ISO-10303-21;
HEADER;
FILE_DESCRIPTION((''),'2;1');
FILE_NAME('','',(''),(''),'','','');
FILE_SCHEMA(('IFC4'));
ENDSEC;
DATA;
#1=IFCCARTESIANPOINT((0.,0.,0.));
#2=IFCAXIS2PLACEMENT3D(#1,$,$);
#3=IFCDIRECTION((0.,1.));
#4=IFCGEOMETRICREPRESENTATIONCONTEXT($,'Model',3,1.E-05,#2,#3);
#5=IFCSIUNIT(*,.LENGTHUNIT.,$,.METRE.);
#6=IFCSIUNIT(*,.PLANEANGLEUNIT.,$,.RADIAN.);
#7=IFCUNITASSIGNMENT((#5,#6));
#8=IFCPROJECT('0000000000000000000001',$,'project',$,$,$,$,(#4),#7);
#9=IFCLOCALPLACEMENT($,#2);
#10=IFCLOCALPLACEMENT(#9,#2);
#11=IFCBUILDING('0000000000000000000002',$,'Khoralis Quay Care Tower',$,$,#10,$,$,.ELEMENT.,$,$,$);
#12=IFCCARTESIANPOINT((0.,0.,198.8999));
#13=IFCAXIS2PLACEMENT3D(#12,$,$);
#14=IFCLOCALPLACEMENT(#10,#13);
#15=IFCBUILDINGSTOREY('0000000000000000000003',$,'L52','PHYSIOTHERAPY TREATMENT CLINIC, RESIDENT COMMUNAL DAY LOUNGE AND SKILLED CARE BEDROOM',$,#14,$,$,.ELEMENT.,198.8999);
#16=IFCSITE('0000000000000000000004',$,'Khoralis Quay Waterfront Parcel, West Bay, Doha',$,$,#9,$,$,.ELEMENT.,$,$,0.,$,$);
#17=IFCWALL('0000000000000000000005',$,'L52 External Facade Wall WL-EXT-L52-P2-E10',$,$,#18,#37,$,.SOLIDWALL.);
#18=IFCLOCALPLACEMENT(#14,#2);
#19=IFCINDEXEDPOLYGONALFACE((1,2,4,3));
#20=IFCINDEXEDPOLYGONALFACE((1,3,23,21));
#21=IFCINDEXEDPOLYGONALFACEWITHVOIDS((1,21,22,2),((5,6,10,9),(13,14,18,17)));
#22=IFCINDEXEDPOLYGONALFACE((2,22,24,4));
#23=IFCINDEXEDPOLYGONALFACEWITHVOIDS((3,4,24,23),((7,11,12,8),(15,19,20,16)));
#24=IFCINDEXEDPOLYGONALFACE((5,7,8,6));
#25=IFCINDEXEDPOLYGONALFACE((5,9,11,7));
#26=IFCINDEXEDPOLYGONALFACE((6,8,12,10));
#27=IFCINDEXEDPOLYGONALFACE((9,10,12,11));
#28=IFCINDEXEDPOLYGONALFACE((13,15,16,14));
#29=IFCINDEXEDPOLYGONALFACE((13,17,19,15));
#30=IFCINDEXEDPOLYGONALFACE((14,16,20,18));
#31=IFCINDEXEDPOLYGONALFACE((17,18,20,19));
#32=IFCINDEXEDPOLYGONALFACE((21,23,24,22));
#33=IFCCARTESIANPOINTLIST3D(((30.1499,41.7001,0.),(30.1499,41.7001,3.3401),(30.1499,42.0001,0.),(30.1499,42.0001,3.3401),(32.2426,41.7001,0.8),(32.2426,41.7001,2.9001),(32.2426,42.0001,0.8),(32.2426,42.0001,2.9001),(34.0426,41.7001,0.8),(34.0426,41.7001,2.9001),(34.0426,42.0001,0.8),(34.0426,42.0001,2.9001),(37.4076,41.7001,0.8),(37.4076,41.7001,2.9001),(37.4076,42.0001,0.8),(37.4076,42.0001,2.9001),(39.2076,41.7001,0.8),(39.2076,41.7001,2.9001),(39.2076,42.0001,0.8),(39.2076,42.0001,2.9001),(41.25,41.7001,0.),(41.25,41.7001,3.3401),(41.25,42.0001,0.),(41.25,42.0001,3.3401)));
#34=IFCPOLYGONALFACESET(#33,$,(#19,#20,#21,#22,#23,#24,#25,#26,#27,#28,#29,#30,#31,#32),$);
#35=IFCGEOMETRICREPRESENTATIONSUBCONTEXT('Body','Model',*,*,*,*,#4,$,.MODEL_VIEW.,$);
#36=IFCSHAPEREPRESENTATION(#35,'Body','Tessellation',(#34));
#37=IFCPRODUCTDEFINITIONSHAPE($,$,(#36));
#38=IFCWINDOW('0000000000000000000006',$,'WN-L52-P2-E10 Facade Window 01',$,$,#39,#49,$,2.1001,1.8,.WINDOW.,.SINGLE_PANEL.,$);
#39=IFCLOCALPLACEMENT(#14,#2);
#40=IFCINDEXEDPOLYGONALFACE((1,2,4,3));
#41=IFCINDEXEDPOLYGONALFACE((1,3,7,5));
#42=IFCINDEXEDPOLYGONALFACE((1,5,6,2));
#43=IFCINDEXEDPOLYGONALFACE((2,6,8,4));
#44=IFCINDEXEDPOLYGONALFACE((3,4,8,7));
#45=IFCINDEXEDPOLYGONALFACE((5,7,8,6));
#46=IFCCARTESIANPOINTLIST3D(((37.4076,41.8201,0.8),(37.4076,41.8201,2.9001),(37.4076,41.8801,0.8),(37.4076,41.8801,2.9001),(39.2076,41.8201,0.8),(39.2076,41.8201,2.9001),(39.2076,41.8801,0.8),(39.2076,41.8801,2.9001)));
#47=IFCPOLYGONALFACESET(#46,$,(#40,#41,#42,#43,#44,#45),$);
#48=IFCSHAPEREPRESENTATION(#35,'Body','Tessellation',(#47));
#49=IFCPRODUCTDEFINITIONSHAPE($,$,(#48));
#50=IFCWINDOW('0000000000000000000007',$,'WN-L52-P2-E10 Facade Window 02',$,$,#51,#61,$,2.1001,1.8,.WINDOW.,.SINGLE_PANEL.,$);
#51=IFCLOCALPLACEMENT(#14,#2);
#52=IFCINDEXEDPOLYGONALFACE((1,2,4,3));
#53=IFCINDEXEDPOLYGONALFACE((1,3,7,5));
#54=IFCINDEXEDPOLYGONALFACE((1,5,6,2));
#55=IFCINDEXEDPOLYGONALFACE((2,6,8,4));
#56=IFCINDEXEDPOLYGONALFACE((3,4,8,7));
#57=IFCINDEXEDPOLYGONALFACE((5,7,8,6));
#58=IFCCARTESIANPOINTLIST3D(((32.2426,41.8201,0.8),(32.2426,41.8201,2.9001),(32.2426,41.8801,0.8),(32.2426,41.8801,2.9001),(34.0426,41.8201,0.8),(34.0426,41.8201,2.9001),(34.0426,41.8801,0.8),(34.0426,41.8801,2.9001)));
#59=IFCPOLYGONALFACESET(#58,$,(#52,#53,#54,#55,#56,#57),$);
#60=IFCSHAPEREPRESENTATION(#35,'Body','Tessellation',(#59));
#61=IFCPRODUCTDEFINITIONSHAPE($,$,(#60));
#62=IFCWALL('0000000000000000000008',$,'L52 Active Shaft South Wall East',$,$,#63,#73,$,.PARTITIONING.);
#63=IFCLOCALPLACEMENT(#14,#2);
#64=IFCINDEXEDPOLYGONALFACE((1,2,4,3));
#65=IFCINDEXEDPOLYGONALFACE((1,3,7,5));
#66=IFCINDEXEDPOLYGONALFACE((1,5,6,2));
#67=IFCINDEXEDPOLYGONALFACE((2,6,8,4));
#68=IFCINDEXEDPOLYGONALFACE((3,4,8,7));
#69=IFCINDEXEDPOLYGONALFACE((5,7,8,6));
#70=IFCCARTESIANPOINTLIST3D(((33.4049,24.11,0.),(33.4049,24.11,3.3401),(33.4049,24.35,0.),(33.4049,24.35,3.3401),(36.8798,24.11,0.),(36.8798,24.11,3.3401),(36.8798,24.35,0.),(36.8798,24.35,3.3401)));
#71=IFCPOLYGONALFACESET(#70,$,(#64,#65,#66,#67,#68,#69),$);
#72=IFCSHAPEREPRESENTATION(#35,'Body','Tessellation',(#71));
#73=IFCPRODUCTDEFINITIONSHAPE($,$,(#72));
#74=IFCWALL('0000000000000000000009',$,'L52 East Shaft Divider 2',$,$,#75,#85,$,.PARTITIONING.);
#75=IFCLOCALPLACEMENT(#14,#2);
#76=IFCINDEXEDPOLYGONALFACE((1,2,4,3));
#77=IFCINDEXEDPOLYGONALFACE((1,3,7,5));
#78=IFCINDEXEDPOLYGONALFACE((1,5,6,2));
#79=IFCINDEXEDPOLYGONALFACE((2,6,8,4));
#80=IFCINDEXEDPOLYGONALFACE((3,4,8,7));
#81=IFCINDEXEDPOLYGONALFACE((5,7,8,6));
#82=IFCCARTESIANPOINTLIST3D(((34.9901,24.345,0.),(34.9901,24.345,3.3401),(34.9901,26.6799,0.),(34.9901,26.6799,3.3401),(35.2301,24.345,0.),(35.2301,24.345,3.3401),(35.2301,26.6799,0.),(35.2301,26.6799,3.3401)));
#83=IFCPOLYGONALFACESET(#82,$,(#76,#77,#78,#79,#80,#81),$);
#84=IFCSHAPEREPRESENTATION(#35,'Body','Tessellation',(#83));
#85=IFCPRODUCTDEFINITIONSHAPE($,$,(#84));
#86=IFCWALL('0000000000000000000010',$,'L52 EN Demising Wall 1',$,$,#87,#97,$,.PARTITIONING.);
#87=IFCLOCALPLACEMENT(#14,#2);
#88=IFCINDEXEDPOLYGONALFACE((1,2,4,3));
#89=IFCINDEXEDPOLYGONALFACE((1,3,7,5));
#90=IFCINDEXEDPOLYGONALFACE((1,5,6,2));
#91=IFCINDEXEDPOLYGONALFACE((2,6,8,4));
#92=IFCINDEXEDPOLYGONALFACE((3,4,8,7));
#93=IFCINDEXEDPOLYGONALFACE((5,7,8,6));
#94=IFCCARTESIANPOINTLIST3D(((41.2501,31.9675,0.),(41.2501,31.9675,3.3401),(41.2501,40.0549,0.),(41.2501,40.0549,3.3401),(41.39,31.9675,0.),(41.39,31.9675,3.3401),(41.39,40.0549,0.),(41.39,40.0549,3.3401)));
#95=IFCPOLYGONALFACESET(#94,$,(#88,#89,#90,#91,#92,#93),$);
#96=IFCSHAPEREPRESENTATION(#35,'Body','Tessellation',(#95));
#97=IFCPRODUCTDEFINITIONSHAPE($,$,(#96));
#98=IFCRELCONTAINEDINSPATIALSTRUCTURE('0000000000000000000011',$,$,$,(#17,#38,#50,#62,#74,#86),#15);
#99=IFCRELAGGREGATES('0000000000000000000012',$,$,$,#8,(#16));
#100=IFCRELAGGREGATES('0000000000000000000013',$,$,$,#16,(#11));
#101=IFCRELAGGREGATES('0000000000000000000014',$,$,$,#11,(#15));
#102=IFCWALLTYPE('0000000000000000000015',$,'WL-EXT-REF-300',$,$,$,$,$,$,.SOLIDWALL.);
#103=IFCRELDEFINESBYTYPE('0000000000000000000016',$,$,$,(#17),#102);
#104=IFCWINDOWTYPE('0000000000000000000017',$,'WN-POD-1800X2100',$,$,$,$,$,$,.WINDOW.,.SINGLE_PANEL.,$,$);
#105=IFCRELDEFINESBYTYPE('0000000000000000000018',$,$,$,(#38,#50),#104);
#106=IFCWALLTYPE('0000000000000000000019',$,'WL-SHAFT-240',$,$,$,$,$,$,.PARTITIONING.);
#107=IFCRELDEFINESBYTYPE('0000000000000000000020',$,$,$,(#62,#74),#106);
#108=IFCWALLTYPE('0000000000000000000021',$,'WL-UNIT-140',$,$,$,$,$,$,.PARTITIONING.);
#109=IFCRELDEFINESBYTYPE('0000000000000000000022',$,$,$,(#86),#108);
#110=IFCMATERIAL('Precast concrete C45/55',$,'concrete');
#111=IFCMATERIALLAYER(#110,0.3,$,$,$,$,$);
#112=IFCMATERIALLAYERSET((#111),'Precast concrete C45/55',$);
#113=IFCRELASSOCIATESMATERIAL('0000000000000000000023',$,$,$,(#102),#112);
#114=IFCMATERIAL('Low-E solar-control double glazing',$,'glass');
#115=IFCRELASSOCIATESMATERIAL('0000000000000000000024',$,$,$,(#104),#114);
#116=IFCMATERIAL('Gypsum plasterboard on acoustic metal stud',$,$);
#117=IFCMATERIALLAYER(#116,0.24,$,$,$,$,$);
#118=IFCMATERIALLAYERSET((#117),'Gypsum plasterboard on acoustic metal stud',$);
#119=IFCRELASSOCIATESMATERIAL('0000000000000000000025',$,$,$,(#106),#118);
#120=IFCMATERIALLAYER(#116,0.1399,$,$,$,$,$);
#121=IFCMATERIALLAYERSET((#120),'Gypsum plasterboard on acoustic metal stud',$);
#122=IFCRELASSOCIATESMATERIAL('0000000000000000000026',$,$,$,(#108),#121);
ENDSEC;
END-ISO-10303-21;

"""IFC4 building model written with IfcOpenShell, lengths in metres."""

from ifc_helpers import new_model, si_unit, direction, frame, frame_2d, origin, place, context, subcontext, project, spatial, rectangle, extrude, source, transform, mapped, material, layer, layer_set, type_object, element, fill, save


model = new_model("IFC4")

# Units and contexts
model_context = context("Model", 3, precision=1e-05, world=origin(), true_north=direction((0.0, 1.0)))
body_context = subcontext(model_context, "Body", "Model", "MODEL_VIEW")
ifc_project = project(units=[si_unit("LENGTHUNIT", "METRE"), si_unit("PLANEANGLEUNIT", "RADIAN")], contexts=[model_context])

# Site, building, storey
site_placement = place(None, origin())
site = spatial("IfcSite", under=ifc_project, at=site_placement, Name="Khoralis Quay Waterfront Parcel, West Bay, Doha", CompositionType="ELEMENT", RefElevation=0.0)
building_placement = place(site_placement, origin())
building = spatial("IfcBuilding", under=site, at=building_placement, Name="Khoralis Quay Care Tower", CompositionType="ELEMENT")
storey_placement = place(building_placement, frame((0.0, 0.0, 198.8999)))
storey = spatial("IfcBuildingStorey", under=building, at=storey_placement, Name="L52", Description="PHYSIOTHERAPY TREATMENT CLINIC, RESIDENT COMMUNAL DAY LOUNGE AND SKILLED CARE BEDROOM", CompositionType="ELEMENT", Elevation=198.8999)

# Shared definitions
ifc_material_1 = material(Name="Gypsum plasterboard on acoustic metal stud")
ifc_material_2 = material(Name="Precast concrete C45/55", Category="concrete")
ifc_layer_1 = layer(ifc_material_2, 0.3)
ifc_layer_set_1 = layer_set([ifc_layer_1], Name="Precast concrete C45/55")
wall_type_1 = type_object("IfcWallType", Name="WL-EXT-REF-300", PredefinedType="SOLIDWALL", material=ifc_layer_set_1)

# Wall, openings, windows
wall_1_placement = place(storey_placement, frame((41.25, 41.8501, 0.0), z_axis=(0.0, 0.0, 1.0), x_axis=(-1.0, 0.0, 0.0)))
wall_1 = element("IfcWall", 1, at=wall_1_placement, inside=storey, type_object=wall_type_1, Name="L52 External Facade Wall WL-EXT-L52-P2-E10", PredefinedType="SOLIDWALL", context=body_context, shape_type="SweptSolid", body=[
    extrude(rectangle(XDim=11.1001, YDim=0.3, at=frame_2d((5.55, 0.0))), origin(), (0.0, 0.0, 1.0), 3.3401),
])
opening_1_placement = place(wall_1_placement, frame((2.0425, 0.0, 0.8)))
opening_1 = element("IfcOpeningElement", 2, at=opening_1_placement, cuts=wall_1, PredefinedType="OPENING", context=body_context, shape_type="SweptSolid", body=[
    extrude(rectangle(XDim=1.8, YDim=2.1001, at=frame_2d((0.8999, 1.05))), frame((0.0, 0.1602, 0.0), z_axis=(0.0, -1.0, 0.0), x_axis=(1.0, 0.0, 0.0)), (0.0, 0.0, 1.0), 0.3201),
])
opening_2_placement = place(wall_1_placement, frame((7.2075, 0.0, 0.8)))
opening_2 = element("IfcOpeningElement", 3, at=opening_2_placement, cuts=wall_1, PredefinedType="OPENING", context=body_context, shape_type="SweptSolid", body=[
    extrude(rectangle(XDim=1.8, YDim=2.1001, at=frame_2d((0.8999, 1.05))), frame((0.0, 0.1602, 0.0), z_axis=(0.0, -1.0, 0.0), x_axis=(1.0, 0.0, 0.0)), (0.0, 0.0, 1.0), 0.3201),
])
ifc_material_3 = material(Name="Low-E solar-control double glazing", Category="glass")
window_type = type_object("IfcWindowType", Name="WN-POD-1800X2100", PartitioningType="SINGLE_PANEL", PredefinedType="WINDOW", material=ifc_material_3)
shared_shape_1 = source(origin(), body_context, "Body", "SweptSolid", [
    extrude(rectangle(XDim=1.8, YDim=2.1001, at=frame_2d((0.8999, 1.05))), frame((0.0, 0.03, 0.0), z_axis=(0.0, -1.0, 0.0), x_axis=(1.0, 0.0, 0.0)), (0.0, 0.0, 1.0), 0.0601),
])
window_1_placement = place(opening_1_placement, origin())
window_1 = element("IfcWindow", 4, at=window_1_placement, inside=storey, type_object=window_type, Name="WN-L52-P2-E10 Facade Window 01", OverallHeight=2.1001, OverallWidth=1.8, PartitioningType="SINGLE_PANEL", PredefinedType="WINDOW", context=body_context, shape_type="MappedRepresentation", body=[
    mapped(shared_shape_1, transform((0.0, 0.0, 0.0), scale=1.0)),
])
fill(opening_1, window_1)
window_2_placement = place(opening_2_placement, origin())
window_2 = element("IfcWindow", 5, at=window_2_placement, inside=storey, type_object=window_type, Name="WN-L52-P2-E10 Facade Window 02", OverallHeight=2.1001, OverallWidth=1.8, PartitioningType="SINGLE_PANEL", PredefinedType="WINDOW", context=body_context, shape_type="MappedRepresentation", body=[
    mapped(shared_shape_1, transform((0.0, 0.0, 0.0), scale=1.0)),
])
fill(opening_2, window_2)

# Walls
ifc_layer_2 = layer(ifc_material_1, 0.24)
ifc_layer_set_2 = layer_set([ifc_layer_2], Name="Gypsum plasterboard on acoustic metal stud")
wall_type_2 = type_object("IfcWallType", Name="WL-SHAFT-240", PredefinedType="PARTITIONING", material=ifc_layer_set_2)
wall_2_placement = place(storey_placement, frame((33.405, 24.23, 0.0), z_axis=(0.0, 0.0, 1.0), x_axis=(1.0, 0.0, 0.0)))
element("IfcWall", 6, at=wall_2_placement, inside=storey, type_object=wall_type_2, Name="L52 Active Shaft South Wall East", PredefinedType="PARTITIONING", context=body_context, shape_type="SweptSolid", body=[
    extrude(rectangle(XDim=3.4749, YDim=0.24, at=frame_2d((1.7373, 0.0))), origin(), (0.0, 0.0, 1.0), 3.3401),
])
wall_3_placement = place(storey_placement, frame((35.1101, 24.345, 0.0), z_axis=(0.0, 0.0, 1.0), x_axis=(0.0, 1.0, 0.0)))
element("IfcWall", 7, at=wall_3_placement, inside=storey, type_object=wall_type_2, Name="L52 East Shaft Divider 2", PredefinedType="PARTITIONING", context=body_context, shape_type="SweptSolid", body=[
    extrude(rectangle(XDim=2.335, YDim=0.24, at=frame_2d((1.1675, 0.0))), origin(), (0.0, 0.0, 1.0), 3.3401),
])
ifc_layer_3 = layer(ifc_material_1, 0.1399)
ifc_layer_set_3 = layer_set([ifc_layer_3], Name="Gypsum plasterboard on acoustic metal stud")
wall_type_3 = type_object("IfcWallType", Name="WL-UNIT-140", PredefinedType="PARTITIONING", material=ifc_layer_set_3)
wall_4_placement = place(storey_placement, frame((41.3201, 31.9675, 0.0), z_axis=(0.0, 0.0, 1.0), x_axis=(0.0, 1.0, 0.0)))
element("IfcWall", 8, at=wall_4_placement, inside=storey, type_object=wall_type_3, Name="L52 EN Demising Wall 1", PredefinedType="PARTITIONING", context=body_context, shape_type="SweptSolid", body=[
    extrude(rectangle(XDim=8.0874, YDim=0.1399, at=frame_2d((4.0437, 0.0))), origin(), (0.0, 0.0, 1.0), 3.3401),
])

save(model, "model.ifc")
